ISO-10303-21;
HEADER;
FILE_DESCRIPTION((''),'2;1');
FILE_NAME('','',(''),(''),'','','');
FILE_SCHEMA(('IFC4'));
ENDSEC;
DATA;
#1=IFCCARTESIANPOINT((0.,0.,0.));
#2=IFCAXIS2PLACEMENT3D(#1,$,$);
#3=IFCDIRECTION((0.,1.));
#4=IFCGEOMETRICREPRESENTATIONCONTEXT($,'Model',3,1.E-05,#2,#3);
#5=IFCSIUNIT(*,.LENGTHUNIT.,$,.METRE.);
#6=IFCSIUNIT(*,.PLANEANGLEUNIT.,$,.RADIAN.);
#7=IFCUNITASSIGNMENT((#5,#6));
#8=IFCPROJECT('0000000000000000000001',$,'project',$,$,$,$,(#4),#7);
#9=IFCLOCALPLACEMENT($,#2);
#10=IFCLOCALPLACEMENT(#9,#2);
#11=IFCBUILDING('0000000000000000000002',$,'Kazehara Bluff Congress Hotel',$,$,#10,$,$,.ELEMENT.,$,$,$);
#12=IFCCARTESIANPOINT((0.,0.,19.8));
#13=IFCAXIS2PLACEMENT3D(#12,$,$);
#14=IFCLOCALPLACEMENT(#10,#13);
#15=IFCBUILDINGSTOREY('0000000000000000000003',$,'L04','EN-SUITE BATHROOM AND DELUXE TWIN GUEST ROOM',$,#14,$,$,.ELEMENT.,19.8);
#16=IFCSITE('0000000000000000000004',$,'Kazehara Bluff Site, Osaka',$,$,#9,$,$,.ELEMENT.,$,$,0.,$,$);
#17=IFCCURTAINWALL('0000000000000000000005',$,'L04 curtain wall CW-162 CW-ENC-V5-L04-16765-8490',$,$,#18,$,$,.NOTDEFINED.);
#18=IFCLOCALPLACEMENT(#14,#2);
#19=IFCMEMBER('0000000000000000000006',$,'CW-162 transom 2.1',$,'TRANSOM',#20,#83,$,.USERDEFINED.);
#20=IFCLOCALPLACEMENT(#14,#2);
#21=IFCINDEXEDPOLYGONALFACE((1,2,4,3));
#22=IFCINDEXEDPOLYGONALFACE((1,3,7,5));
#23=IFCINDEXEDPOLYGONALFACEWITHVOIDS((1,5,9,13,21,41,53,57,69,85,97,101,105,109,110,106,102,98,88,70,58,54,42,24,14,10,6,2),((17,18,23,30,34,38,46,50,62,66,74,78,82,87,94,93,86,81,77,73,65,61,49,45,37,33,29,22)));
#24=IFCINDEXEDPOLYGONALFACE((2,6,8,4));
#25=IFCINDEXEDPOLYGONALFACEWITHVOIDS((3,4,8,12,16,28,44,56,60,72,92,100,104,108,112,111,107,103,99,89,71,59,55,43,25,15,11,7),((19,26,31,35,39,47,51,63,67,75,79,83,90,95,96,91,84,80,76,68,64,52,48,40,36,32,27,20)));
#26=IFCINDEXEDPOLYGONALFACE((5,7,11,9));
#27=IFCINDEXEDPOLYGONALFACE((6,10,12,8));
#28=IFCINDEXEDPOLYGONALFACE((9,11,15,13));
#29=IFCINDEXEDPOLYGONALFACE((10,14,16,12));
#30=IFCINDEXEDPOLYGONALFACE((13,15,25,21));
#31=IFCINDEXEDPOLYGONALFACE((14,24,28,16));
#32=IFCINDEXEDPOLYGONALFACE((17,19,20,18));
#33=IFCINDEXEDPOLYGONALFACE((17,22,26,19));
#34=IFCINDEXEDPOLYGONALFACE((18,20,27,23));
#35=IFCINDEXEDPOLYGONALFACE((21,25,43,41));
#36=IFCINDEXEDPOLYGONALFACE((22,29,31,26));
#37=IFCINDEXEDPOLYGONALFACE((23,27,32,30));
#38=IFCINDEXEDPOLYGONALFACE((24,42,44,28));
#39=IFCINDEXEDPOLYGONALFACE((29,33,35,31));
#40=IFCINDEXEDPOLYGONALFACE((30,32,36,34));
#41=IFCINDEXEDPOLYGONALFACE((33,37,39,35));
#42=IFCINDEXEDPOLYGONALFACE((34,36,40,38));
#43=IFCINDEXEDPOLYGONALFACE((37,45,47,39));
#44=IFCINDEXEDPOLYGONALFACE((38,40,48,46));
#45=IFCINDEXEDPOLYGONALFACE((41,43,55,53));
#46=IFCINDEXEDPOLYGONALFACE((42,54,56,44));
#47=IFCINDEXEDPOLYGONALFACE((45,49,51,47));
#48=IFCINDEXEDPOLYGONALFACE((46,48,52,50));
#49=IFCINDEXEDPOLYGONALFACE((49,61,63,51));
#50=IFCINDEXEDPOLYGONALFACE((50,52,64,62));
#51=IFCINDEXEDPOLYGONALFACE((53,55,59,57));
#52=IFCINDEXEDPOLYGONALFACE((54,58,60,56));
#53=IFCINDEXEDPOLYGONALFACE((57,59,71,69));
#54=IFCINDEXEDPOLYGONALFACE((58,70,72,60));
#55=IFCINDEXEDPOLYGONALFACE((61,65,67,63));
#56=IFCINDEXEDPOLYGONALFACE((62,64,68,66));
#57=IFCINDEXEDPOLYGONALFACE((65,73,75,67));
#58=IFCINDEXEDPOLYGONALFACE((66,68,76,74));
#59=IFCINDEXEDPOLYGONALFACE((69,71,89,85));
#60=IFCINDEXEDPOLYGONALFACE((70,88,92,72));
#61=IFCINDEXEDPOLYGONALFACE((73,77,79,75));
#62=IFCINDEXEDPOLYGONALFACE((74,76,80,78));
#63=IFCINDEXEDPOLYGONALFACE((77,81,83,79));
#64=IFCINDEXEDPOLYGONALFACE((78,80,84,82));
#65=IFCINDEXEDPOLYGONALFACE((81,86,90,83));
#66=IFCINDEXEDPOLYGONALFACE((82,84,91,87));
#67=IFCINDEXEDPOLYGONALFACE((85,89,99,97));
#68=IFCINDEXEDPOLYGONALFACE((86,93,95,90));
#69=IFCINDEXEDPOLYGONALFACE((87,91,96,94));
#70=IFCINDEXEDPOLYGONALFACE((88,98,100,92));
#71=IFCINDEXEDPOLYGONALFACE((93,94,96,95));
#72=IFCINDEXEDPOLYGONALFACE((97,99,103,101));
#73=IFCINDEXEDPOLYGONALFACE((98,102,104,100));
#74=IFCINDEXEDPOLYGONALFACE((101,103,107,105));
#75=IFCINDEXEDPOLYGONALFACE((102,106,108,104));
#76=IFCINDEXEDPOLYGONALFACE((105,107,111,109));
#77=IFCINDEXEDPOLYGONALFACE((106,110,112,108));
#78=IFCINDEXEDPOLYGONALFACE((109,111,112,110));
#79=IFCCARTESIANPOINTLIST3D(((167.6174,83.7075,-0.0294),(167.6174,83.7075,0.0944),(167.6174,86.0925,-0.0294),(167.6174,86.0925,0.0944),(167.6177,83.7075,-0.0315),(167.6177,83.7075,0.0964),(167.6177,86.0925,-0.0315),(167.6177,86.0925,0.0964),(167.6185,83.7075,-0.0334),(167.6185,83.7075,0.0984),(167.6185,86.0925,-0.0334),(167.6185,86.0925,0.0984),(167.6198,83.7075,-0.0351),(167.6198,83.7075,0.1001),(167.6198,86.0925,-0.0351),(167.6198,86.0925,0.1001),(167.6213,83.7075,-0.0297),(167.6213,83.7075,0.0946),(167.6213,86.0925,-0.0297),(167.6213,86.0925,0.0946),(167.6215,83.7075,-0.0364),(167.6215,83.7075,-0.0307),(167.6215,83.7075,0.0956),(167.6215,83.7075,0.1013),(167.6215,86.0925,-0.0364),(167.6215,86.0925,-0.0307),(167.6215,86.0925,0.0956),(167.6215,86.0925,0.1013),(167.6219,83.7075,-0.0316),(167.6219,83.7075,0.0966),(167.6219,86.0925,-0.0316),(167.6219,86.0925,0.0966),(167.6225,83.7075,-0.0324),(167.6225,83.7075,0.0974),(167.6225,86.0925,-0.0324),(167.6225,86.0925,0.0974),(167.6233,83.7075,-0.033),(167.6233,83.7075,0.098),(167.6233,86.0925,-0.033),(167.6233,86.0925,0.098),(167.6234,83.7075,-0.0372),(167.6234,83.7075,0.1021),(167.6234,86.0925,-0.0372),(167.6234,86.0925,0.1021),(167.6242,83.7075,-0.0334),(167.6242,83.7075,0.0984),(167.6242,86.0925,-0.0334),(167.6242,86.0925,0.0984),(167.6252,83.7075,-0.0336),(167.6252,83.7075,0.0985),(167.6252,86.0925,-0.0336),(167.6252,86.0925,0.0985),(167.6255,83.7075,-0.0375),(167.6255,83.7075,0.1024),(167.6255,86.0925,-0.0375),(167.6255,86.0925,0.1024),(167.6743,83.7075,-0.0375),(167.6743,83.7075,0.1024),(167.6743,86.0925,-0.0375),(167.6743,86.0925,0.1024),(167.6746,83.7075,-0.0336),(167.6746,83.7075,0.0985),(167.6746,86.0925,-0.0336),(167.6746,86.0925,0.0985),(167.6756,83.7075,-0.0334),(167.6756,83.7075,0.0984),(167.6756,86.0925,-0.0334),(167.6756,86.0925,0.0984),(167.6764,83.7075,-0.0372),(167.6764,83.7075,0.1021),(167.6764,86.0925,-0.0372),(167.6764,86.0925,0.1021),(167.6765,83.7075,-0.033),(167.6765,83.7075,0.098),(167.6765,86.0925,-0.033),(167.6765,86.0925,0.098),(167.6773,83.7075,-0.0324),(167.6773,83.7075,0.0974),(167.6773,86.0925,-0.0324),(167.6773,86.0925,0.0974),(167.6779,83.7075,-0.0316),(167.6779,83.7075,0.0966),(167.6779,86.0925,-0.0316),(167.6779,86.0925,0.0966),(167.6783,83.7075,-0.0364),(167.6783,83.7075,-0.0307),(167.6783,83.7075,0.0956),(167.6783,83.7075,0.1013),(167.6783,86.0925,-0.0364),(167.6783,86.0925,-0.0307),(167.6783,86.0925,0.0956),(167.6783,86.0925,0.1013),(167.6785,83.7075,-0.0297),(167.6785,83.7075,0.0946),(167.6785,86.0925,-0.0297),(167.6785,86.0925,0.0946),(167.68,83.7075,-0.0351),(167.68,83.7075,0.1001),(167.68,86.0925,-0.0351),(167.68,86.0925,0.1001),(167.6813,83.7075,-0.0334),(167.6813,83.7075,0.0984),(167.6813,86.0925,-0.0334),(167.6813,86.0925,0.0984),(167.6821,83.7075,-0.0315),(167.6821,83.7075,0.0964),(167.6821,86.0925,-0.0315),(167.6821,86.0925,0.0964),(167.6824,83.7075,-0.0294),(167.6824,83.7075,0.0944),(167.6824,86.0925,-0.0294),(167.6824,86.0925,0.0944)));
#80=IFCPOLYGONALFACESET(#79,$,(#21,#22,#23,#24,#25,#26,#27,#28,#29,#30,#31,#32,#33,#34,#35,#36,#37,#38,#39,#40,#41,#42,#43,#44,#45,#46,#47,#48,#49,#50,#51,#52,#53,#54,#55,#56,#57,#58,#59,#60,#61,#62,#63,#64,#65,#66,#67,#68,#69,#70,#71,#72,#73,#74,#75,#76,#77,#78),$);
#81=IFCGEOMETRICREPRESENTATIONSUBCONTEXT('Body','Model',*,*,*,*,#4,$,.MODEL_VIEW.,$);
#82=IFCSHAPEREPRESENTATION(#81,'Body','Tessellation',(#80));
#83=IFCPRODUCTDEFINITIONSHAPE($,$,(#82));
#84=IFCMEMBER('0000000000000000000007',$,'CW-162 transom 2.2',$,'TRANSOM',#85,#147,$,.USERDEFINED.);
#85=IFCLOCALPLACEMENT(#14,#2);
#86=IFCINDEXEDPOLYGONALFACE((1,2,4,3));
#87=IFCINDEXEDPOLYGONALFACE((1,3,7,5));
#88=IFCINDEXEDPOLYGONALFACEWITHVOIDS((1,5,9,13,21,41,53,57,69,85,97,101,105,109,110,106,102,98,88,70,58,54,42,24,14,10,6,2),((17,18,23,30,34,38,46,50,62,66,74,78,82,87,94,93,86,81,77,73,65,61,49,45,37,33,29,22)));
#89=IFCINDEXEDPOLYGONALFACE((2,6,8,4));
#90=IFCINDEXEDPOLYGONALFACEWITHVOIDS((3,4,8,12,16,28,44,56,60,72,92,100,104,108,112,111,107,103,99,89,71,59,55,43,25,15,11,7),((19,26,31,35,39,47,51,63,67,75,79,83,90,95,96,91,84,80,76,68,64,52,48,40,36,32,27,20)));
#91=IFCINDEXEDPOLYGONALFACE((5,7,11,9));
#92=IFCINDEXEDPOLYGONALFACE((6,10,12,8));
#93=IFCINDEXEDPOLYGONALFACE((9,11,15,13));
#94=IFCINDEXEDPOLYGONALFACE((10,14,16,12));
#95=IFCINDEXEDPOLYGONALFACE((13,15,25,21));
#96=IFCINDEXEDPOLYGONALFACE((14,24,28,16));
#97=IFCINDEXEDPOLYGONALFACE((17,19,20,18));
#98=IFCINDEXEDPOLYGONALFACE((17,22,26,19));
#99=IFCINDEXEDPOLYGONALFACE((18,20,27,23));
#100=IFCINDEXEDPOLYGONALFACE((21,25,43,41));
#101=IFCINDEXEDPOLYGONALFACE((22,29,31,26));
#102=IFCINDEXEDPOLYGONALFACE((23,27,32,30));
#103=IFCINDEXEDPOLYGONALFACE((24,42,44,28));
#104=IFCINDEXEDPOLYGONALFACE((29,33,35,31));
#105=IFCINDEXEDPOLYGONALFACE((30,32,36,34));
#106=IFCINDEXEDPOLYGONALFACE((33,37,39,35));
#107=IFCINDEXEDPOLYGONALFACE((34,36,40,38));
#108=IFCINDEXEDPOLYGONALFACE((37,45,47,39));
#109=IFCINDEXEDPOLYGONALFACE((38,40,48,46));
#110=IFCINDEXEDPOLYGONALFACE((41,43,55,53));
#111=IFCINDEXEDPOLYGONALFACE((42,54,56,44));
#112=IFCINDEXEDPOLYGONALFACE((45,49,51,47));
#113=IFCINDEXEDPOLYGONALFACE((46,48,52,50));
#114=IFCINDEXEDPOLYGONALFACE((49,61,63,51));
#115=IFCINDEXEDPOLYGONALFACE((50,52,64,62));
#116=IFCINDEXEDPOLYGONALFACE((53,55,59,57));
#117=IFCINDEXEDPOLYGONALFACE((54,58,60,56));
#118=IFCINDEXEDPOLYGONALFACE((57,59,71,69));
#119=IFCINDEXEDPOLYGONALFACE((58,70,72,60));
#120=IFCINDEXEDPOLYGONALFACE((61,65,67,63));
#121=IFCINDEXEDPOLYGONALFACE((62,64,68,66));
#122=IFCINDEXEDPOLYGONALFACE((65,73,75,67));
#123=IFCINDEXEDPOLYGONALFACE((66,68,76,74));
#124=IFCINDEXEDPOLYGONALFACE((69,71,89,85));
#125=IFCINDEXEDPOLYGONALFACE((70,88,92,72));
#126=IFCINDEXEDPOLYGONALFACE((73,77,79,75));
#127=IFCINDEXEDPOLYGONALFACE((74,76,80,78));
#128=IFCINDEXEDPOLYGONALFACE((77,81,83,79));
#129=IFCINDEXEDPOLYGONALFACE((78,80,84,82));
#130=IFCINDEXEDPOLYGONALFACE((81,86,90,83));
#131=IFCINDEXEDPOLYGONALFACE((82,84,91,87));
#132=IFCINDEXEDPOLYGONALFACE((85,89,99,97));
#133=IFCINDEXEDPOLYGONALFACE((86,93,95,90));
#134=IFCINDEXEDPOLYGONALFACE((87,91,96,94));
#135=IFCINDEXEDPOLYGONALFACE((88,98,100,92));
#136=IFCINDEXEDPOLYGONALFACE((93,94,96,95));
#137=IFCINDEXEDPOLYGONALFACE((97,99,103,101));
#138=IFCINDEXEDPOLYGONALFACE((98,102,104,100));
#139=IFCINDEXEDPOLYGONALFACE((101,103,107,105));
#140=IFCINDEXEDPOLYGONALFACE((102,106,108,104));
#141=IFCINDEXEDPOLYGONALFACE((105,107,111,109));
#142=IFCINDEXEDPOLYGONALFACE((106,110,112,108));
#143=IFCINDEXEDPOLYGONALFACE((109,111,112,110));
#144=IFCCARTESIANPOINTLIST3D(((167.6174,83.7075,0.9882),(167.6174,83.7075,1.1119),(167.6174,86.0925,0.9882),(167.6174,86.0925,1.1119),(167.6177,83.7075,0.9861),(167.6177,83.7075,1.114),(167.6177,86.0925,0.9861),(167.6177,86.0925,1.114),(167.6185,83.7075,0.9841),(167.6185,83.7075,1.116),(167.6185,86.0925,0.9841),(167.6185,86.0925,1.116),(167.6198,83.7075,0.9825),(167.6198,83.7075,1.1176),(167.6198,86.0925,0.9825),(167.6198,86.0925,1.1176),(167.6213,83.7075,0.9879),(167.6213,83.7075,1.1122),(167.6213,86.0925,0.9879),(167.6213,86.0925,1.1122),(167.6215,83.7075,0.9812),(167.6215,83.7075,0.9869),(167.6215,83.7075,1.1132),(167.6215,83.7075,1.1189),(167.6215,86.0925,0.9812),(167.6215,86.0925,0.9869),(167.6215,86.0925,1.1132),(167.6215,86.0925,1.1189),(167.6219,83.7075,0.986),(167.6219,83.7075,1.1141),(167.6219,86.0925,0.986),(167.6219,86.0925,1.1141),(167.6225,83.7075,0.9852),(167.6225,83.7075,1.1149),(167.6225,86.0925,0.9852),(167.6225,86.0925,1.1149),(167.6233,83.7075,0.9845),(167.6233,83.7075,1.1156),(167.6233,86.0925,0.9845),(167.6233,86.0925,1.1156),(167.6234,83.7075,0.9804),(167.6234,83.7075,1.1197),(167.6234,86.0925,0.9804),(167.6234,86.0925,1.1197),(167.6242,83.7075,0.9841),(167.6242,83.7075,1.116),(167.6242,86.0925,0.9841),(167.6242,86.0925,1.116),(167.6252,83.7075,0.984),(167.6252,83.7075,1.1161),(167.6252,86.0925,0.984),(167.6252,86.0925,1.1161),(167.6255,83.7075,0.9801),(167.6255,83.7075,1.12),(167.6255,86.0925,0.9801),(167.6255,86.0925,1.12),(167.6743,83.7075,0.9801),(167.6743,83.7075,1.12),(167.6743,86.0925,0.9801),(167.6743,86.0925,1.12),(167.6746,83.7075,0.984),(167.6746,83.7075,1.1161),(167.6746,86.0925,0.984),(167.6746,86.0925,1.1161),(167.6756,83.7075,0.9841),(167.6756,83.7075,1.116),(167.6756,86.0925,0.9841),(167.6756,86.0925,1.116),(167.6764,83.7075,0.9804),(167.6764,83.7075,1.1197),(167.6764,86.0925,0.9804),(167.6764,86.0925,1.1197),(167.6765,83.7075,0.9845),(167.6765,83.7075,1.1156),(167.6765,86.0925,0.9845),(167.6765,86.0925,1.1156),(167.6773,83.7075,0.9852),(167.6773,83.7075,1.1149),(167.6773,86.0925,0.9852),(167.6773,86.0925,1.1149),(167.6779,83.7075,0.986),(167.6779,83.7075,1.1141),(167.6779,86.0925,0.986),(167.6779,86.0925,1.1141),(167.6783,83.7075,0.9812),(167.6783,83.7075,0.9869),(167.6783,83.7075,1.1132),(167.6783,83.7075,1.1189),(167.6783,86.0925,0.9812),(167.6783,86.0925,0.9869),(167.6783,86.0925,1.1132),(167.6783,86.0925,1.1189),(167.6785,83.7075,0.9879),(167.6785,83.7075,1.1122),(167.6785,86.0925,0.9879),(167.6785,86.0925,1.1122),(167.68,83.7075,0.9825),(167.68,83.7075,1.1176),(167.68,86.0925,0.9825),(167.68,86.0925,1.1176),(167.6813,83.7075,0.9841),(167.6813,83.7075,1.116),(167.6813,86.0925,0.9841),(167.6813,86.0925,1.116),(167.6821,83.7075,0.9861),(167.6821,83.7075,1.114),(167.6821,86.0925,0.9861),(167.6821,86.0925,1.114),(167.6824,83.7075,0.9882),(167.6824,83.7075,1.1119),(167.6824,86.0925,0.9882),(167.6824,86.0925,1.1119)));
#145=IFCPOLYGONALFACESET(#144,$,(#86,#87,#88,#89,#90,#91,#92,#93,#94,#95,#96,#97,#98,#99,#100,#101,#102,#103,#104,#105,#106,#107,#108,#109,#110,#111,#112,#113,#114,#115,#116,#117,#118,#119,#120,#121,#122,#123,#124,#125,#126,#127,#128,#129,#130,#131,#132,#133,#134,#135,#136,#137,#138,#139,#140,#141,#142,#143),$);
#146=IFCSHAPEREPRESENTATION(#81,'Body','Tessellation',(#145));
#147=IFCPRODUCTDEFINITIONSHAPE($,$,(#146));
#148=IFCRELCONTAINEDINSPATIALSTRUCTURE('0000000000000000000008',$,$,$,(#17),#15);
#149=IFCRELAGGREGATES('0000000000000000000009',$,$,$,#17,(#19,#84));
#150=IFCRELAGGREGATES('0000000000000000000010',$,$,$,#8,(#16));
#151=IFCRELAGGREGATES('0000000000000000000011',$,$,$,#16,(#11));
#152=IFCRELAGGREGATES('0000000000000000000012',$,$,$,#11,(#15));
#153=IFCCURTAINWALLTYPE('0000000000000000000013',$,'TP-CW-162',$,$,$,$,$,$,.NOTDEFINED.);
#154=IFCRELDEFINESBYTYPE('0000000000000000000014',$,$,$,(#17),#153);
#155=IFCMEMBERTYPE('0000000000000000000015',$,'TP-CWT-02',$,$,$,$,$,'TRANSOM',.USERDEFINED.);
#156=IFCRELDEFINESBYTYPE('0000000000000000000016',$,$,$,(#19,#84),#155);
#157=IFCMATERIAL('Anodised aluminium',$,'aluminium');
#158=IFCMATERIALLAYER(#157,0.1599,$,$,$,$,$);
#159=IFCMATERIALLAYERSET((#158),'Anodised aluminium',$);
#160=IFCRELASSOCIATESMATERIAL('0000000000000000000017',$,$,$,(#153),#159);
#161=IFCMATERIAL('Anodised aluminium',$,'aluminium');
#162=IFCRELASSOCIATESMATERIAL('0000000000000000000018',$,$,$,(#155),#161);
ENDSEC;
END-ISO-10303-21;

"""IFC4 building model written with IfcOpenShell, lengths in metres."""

from ifc_helpers import new_model, si_unit, direction, frame, origin, origin_2d, place, context, subcontext, project, spatial, hollow_rectangle, extrude, material, layer, layer_set, material_profile, profile_set, type_object, element, aggregate, save


model = new_model("IFC4")

# Units and contexts
model_context = context("Model", 3, precision=1e-05, world=origin(), true_north=direction((0.0, 1.0)))
body_context = subcontext(model_context, "Body", "Model", "MODEL_VIEW")
ifc_project = project(units=[si_unit("LENGTHUNIT", "METRE"), si_unit("PLANEANGLEUNIT", "RADIAN")], contexts=[model_context])

# Site, building, storey
site_placement = place(None, origin())
site = spatial("IfcSite", under=ifc_project, at=site_placement, Name="Kazehara Bluff Site, Osaka", CompositionType="ELEMENT", RefElevation=0.0)
building_placement = place(site_placement, origin())
building = spatial("IfcBuilding", under=site, at=building_placement, Name="Kazehara Bluff Congress Hotel", CompositionType="ELEMENT")
storey_placement = place(building_placement, frame((0.0, 0.0, 19.8)))
storey = spatial("IfcBuildingStorey", under=building, at=storey_placement, Name="L04", Description="EN-SUITE BATHROOM AND DELUXE TWIN GUEST ROOM", CompositionType="ELEMENT", Elevation=19.8)

# Curtain wall, members
ifc_material_1 = material(Name="Anodised aluminium", Category="aluminium")
ifc_layer_1 = layer(ifc_material_1, 0.1599)
ifc_layer_set_1 = layer_set([ifc_layer_1], Name="Anodised aluminium")
curtain_wall_type = type_object("IfcCurtainWallType", Name="TP-CW-162", PredefinedType="NOTDEFINED", material=ifc_layer_set_1)
curtain_wall_placement = place(storey_placement, origin())
curtain_wall = element("IfcCurtainWall", 1, at=curtain_wall_placement, inside=storey, type_object=curtain_wall_type, Name="L04 curtain wall CW-162 CW-ENC-V5-L04-16765-8490", PredefinedType="NOTDEFINED")
ifc_material_2 = material(Name="Anodised aluminium", Category="aluminium")
ifc_material_profile_1 = material_profile(ifc_material_2, hollow_rectangle(XDim=0.0649, YDim=0.1399, WallThickness=0.0039, InnerFilletRadius=0.0039, OuterFilletRadius=0.0081, at=origin_2d()))
ifc_profile_set_1 = profile_set([ifc_material_profile_1], Name="Anodised aluminium")
member_type = type_object("IfcMemberType", Name="TP-CWT-02", ElementType="TRANSOM", PredefinedType="USERDEFINED", material=ifc_profile_set_1)
member_1_placement = place(storey_placement, frame((167.6499, 86.0925, 0.0325), z_axis=(0.0, -1.0, 0.0), x_axis=(1.0, 0.0, 0.0)))
member_1 = element("IfcMember", 2, at=member_1_placement, type_object=member_type, Name="CW-162 transom 2.1", ObjectType="TRANSOM", PredefinedType="USERDEFINED", context=body_context, shape_type="SweptSolid", body=[
    extrude(hollow_rectangle(XDim=0.0649, YDim=0.1399, WallThickness=0.0039, InnerFilletRadius=0.0039, OuterFilletRadius=0.0081, at=origin_2d()), origin(), (0.0, 0.0, 1.0), 2.385),
])
member_2_placement = place(storey_placement, frame((167.6499, 86.0925, 1.05), z_axis=(0.0, -1.0, 0.0), x_axis=(1.0, 0.0, 0.0)))
member_2 = element("IfcMember", 3, at=member_2_placement, type_object=member_type, Name="CW-162 transom 2.2", ObjectType="TRANSOM", PredefinedType="USERDEFINED", context=body_context, shape_type="SweptSolid", body=[
    extrude(hollow_rectangle(XDim=0.0649, YDim=0.1399, WallThickness=0.0039, InnerFilletRadius=0.0039, OuterFilletRadius=0.0081, at=origin_2d()), origin(), (0.0, 0.0, 1.0), 2.385),
])

aggregate(curtain_wall, [member_1, member_2])

save(model, "model.ifc")
